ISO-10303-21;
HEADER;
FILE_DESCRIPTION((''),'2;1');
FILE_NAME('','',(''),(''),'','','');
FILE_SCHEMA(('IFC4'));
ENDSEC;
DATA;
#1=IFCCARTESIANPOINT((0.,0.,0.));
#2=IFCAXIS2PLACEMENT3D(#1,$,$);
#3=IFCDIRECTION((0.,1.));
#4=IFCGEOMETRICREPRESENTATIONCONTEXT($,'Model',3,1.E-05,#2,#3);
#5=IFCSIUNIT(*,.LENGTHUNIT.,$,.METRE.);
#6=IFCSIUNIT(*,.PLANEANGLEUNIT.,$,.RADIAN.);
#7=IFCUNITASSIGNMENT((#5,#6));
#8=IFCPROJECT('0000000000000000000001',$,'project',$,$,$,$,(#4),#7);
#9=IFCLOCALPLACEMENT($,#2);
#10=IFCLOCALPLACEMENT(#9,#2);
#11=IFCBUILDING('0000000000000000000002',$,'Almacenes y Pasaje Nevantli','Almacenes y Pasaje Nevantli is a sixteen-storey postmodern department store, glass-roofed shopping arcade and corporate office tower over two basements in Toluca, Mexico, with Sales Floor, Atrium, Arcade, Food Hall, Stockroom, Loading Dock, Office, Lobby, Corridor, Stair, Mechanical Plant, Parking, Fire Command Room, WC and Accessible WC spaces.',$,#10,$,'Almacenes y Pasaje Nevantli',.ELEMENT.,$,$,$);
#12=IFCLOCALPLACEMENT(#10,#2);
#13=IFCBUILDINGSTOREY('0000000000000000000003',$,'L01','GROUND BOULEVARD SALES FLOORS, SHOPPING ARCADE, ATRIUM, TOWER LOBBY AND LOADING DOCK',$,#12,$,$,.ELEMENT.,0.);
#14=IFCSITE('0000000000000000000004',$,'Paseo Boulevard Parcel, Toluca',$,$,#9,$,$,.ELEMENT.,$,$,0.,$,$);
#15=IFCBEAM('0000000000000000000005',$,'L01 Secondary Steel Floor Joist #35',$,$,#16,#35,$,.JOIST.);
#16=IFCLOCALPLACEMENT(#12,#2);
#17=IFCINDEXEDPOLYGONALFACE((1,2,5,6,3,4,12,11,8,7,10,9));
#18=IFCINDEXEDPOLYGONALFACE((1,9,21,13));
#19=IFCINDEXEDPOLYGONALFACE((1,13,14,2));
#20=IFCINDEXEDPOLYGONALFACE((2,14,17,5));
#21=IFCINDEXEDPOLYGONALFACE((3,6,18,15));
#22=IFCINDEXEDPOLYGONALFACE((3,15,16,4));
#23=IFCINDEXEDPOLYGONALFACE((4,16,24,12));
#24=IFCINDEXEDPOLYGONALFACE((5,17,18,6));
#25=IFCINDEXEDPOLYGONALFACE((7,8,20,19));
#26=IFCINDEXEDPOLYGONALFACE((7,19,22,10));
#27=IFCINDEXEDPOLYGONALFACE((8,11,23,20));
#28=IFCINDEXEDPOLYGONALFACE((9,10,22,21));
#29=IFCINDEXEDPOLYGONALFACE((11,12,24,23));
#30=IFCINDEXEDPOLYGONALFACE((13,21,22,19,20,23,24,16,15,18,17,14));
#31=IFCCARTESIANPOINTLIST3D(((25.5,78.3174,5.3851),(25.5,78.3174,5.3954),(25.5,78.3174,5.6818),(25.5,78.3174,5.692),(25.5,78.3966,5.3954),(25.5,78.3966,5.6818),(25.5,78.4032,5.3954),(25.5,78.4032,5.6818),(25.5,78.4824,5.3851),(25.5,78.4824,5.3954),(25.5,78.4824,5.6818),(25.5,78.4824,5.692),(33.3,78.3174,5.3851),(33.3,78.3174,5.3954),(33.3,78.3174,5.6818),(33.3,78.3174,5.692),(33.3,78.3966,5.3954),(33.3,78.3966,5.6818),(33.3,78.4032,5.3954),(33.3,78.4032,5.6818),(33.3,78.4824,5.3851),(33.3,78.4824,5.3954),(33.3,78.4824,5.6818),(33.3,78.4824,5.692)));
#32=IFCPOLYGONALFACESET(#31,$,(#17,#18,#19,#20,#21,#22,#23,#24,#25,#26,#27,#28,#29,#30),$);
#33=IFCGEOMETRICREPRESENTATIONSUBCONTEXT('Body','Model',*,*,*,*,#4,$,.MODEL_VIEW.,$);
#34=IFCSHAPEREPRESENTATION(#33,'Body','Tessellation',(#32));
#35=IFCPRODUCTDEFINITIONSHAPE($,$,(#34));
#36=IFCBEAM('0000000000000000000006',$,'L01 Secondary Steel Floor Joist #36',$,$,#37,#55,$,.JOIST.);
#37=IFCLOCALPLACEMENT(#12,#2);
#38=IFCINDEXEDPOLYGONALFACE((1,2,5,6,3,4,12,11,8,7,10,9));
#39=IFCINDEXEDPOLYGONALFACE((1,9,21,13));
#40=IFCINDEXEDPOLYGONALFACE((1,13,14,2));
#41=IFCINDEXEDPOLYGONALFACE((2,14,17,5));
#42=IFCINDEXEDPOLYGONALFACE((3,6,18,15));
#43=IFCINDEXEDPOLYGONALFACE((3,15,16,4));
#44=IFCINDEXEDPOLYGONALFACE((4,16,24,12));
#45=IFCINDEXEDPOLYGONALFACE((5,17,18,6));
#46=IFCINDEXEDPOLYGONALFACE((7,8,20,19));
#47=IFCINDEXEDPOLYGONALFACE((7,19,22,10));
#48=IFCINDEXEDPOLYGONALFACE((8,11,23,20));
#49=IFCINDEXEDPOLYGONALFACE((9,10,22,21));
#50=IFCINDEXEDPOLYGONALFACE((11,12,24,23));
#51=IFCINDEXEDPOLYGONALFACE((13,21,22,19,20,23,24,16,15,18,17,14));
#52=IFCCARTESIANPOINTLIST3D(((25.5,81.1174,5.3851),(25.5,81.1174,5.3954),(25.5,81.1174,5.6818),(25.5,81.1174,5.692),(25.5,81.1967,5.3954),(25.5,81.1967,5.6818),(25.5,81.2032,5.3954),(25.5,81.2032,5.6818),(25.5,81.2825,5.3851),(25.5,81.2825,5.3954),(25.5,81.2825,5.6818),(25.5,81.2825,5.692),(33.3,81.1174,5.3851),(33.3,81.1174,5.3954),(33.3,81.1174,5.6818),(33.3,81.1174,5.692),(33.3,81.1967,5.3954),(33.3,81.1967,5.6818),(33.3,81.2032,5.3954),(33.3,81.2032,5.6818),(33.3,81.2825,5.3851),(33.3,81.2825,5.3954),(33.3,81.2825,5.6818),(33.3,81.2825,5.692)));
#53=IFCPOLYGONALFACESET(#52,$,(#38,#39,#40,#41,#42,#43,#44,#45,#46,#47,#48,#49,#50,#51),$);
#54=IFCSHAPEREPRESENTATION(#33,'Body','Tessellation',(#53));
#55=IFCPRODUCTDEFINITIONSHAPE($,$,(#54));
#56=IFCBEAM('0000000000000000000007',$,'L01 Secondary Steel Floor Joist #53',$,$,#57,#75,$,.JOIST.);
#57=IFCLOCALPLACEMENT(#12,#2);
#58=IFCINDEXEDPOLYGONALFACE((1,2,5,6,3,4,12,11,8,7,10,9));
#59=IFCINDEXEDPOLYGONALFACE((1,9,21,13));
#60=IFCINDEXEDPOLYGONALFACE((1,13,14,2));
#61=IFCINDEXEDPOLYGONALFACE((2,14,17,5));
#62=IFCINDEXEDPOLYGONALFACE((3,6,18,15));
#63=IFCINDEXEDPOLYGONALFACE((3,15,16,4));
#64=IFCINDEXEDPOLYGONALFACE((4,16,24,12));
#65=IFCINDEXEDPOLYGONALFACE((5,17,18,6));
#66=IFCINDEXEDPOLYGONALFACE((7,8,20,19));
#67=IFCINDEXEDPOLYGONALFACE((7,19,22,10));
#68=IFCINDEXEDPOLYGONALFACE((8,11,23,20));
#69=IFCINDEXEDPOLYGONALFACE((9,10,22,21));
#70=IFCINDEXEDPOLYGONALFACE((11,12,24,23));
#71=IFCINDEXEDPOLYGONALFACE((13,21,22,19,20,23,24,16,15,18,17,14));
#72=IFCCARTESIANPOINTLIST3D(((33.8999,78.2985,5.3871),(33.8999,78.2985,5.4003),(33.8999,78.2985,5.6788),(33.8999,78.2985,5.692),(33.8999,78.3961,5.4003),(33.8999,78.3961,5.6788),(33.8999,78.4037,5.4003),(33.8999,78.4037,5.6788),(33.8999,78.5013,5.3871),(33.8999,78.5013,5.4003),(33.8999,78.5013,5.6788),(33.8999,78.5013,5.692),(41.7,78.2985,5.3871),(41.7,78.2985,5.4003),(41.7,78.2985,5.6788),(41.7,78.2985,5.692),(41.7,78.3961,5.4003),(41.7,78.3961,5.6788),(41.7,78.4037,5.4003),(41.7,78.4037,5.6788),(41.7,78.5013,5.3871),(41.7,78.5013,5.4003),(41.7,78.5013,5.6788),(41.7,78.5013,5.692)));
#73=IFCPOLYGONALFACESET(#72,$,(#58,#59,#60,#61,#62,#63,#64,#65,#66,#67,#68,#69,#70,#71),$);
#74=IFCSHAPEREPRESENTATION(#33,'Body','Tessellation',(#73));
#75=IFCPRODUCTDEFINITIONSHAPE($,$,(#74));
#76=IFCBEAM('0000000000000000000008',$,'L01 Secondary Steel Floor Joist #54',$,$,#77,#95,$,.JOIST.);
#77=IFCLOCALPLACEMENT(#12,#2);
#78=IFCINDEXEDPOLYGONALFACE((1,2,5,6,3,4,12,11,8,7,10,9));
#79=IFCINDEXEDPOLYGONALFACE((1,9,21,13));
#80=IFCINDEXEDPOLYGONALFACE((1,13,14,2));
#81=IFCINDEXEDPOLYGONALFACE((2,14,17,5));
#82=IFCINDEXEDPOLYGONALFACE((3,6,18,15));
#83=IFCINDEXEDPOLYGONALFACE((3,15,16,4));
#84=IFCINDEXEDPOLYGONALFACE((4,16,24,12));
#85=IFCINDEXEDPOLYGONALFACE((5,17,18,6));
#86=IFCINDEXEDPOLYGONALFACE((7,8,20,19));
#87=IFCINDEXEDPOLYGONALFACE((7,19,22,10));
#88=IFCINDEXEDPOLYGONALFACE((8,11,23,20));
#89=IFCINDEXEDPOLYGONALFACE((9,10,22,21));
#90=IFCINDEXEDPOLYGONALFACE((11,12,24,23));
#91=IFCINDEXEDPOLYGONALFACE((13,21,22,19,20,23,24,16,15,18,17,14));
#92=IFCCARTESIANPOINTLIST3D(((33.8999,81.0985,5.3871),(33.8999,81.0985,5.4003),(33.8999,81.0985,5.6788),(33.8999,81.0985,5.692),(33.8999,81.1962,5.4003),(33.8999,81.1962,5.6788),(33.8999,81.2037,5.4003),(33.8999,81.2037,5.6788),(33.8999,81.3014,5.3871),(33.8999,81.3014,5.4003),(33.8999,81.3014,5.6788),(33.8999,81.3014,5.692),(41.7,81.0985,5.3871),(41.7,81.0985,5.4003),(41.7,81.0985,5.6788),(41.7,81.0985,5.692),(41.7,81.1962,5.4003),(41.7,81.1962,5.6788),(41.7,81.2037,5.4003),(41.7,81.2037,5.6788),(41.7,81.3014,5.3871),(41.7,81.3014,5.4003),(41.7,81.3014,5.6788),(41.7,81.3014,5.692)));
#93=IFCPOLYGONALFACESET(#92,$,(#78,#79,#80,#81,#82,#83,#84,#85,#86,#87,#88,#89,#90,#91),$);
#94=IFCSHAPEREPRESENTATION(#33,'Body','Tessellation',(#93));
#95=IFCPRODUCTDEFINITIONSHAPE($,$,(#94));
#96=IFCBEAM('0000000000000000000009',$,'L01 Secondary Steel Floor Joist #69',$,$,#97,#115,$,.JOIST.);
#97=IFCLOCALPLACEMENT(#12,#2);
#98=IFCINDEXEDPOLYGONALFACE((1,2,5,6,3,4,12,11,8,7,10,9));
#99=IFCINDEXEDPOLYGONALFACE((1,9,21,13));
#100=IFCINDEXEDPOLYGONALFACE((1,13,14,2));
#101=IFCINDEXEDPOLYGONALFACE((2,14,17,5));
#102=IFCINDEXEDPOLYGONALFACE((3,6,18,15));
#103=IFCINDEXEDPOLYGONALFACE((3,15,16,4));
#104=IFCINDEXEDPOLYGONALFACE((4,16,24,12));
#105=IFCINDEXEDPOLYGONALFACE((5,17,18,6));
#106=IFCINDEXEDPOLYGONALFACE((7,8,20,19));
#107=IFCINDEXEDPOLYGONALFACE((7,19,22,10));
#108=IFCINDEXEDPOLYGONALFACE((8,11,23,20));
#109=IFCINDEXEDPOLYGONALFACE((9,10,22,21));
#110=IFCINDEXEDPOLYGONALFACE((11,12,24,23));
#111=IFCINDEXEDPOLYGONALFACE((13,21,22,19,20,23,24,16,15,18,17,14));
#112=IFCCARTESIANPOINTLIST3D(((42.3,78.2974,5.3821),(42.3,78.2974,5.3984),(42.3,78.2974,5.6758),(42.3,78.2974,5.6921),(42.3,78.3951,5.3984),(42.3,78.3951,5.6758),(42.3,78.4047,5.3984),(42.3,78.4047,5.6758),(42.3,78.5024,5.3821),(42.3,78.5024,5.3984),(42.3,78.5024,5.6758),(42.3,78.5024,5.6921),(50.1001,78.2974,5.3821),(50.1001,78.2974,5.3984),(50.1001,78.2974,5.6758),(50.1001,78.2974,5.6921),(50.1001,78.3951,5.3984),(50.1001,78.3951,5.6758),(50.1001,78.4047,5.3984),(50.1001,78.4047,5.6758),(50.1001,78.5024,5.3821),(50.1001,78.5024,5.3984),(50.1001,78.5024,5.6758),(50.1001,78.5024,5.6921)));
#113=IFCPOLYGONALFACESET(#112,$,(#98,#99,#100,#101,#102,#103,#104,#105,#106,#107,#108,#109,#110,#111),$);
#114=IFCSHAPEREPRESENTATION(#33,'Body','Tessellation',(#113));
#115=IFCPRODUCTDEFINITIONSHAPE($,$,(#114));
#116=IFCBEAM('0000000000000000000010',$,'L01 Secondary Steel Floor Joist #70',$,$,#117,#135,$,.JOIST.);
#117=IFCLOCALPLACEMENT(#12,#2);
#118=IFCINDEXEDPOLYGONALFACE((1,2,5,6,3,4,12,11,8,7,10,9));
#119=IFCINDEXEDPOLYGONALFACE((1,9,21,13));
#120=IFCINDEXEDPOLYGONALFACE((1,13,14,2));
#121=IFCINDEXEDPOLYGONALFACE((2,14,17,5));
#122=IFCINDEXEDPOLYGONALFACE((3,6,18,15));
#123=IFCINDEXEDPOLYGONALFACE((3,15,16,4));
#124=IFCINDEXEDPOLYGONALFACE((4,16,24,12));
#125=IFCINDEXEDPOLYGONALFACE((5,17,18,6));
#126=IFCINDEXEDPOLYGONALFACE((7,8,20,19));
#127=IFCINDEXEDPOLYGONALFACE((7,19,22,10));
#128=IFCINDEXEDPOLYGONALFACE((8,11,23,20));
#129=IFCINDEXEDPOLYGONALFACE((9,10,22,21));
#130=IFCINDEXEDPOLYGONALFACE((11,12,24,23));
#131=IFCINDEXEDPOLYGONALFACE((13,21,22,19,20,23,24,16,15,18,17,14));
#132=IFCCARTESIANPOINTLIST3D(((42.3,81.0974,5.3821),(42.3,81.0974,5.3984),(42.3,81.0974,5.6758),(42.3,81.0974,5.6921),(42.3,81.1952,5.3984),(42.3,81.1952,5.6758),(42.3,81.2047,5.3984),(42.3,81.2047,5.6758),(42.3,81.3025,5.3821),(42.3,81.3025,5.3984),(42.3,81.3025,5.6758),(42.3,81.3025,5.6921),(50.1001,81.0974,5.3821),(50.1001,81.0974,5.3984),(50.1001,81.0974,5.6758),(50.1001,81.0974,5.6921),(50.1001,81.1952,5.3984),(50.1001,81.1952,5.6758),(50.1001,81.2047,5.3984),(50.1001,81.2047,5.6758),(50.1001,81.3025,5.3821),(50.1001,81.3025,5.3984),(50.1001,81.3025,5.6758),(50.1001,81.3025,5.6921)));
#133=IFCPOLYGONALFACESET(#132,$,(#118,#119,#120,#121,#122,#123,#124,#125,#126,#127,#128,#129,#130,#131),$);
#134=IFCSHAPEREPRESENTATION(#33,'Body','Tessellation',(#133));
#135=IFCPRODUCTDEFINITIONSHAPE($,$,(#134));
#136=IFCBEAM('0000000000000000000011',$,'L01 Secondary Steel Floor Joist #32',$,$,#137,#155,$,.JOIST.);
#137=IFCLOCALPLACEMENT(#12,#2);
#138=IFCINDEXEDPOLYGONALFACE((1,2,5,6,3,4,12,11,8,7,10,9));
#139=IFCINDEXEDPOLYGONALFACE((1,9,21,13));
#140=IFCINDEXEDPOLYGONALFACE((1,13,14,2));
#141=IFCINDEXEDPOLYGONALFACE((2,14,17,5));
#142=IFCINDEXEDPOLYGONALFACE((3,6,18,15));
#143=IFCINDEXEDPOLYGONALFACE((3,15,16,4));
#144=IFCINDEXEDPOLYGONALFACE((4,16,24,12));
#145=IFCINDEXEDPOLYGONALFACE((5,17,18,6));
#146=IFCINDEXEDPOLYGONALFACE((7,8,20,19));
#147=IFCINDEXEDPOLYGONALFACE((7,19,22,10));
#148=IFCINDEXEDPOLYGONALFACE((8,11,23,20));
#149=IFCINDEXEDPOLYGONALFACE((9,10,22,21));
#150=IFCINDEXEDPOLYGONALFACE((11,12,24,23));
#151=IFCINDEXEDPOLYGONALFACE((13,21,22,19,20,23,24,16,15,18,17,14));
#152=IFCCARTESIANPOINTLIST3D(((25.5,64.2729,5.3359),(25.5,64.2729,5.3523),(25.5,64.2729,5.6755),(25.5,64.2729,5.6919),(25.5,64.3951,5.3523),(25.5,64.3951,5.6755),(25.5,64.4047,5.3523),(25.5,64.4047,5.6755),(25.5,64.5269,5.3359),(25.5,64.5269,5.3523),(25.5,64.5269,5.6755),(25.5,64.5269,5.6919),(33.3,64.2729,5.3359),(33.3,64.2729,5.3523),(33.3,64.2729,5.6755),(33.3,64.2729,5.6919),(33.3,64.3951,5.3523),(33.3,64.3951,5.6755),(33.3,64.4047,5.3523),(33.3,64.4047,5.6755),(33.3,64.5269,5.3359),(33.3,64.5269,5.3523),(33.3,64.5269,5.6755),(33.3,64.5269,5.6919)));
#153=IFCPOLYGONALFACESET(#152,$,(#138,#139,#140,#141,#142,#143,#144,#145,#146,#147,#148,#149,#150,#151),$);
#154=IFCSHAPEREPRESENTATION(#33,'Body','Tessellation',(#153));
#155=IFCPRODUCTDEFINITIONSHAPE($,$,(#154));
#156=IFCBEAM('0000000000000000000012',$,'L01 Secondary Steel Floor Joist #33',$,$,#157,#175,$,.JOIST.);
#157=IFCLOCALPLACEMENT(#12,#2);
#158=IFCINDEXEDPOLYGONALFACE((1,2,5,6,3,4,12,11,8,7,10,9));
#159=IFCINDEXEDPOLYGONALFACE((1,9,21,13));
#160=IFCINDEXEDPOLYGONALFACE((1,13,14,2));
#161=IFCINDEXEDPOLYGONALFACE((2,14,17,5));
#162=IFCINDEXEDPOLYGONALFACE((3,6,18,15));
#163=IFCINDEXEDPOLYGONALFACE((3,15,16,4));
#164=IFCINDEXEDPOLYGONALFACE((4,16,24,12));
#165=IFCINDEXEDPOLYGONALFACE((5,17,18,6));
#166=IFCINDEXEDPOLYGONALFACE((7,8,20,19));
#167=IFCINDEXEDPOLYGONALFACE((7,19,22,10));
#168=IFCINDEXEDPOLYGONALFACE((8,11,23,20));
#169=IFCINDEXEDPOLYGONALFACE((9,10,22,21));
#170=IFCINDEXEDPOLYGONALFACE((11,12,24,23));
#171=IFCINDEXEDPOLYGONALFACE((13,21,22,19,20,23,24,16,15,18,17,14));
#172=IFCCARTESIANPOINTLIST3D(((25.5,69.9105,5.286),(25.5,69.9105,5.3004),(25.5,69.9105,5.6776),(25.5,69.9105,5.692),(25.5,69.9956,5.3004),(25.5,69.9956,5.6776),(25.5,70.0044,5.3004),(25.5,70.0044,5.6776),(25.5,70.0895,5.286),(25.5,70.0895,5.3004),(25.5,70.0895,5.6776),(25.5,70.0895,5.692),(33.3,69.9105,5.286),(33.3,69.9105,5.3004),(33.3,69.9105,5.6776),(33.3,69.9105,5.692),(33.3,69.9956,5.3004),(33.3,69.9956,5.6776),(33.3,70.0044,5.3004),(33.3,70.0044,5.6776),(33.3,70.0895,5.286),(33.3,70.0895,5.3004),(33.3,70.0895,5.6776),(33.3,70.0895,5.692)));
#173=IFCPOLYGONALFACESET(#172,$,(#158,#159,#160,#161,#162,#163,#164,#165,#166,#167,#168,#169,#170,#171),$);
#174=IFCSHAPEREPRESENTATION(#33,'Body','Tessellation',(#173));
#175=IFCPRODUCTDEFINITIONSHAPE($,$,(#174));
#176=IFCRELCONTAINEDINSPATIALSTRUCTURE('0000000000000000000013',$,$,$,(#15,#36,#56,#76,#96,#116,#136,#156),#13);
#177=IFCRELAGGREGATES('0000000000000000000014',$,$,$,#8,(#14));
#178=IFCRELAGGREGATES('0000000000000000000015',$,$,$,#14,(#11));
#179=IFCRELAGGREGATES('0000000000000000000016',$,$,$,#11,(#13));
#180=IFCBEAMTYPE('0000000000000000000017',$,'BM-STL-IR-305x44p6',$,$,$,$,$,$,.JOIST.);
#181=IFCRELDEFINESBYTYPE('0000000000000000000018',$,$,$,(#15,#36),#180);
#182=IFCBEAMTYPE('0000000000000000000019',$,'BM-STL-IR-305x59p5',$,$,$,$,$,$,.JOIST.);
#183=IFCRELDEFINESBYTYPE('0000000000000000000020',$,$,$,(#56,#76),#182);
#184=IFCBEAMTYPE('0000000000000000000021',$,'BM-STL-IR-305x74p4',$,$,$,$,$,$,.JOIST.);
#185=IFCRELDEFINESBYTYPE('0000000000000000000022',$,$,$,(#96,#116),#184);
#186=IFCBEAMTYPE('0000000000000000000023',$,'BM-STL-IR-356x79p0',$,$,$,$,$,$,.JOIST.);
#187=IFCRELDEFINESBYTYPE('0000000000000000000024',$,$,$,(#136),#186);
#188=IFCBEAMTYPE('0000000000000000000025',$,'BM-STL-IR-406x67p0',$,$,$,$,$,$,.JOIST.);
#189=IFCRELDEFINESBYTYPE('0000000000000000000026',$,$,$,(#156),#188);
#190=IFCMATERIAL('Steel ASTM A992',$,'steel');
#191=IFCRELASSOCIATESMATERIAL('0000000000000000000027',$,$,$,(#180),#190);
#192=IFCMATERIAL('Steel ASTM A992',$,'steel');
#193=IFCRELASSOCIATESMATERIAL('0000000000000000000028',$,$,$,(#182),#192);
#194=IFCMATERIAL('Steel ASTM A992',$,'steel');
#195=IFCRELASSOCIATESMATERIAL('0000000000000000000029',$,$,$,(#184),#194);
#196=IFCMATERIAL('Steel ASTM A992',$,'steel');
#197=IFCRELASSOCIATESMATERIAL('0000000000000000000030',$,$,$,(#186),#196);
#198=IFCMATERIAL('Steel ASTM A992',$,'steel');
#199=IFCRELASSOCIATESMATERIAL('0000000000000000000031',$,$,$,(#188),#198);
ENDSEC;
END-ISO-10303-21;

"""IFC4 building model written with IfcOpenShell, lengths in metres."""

from ifc_helpers import new_model, si_unit, direction, frame, origin, origin_2d, place, context, subcontext, project, spatial, i_section, extrude, material, material_profile, profile_set, type_object, element, save


model = new_model("IFC4")

# Units and contexts
model_context = context("Model", 3, precision=1e-05, world=origin(), true_north=direction((0.0, 1.0)))
body_context = subcontext(model_context, "Body", "Model", "MODEL_VIEW")
ifc_project = project(units=[si_unit("LENGTHUNIT", "METRE"), si_unit("PLANEANGLEUNIT", "RADIAN")], contexts=[model_context])

# Site, building, storey
site_placement = place(None, origin())
site = spatial("IfcSite", under=ifc_project, at=site_placement, Name="Paseo Boulevard Parcel, Toluca", CompositionType="ELEMENT", RefElevation=0.0)
building_placement = place(site_placement, origin())
building = spatial("IfcBuilding", under=site, at=building_placement, Name="Almacenes y Pasaje Nevantli", Description="Almacenes y Pasaje Nevantli is a sixteen-storey postmodern department store, glass-roofed shopping arcade and corporate office tower over two basements in Toluca, Mexico, with Sales Floor, Atrium, Arcade, Food Hall, Stockroom, Loading Dock, Office, Lobby, Corridor, Stair, Mechanical Plant, Parking, Fire Command Room, WC and Accessible WC spaces.", LongName="Almacenes y Pasaje Nevantli", CompositionType="ELEMENT")
storey_placement = place(building_placement, origin())
storey = spatial("IfcBuildingStorey", under=building, at=storey_placement, Name="L01", Description="GROUND BOULEVARD SALES FLOORS, SHOPPING ARCADE, ATRIUM, TOWER LOBBY AND LOADING DOCK", CompositionType="ELEMENT", Elevation=0.0)

# Beams
ifc_material_1 = material(Name="Steel ASTM A992", Category="steel")
ifc_material_profile_1 = material_profile(ifc_material_1, i_section(OverallWidth=0.165, OverallDepth=0.3069, WebThickness=0.0066, FlangeThickness=0.0103, at=origin_2d()), Name="IR 305x44.6")
ifc_profile_set_1 = profile_set([ifc_material_profile_1], Name="Steel ASTM A992")
beam_type_1 = type_object("IfcBeamType", Name="BM-STL-IR-305x44p6", PredefinedType="JOIST", material=ifc_profile_set_1)
for number, where, z_axis, x_axis, name in (
    (1, (25.5, 78.3999, 5.5386), (1.0, 0.0, 0.0), (0.0, 1.0, 0.0), "L01 Secondary Steel Floor Joist #35"),
    (2, (25.5, 81.2, 5.5386), (1.0, 0.0, 0.0), (0.0, 1.0, 0.0), "L01 Secondary Steel Floor Joist #36"),
):
    element("IfcBeam", number, at=place(storey_placement, frame(where, z_axis=z_axis, x_axis=x_axis)), inside=storey, type_object=beam_type_1, Name=name, PredefinedType="JOIST", context=body_context, shape_type="SweptSolid", body=[
        extrude(i_section(OverallWidth=0.165, OverallDepth=0.3069, WebThickness=0.0066, FlangeThickness=0.0103, at=origin_2d()), origin(), (0.0, 0.0, 1.0), 7.8),
    ])
ifc_material_2 = material(Name="Steel ASTM A992", Category="steel")
ifc_material_profile_2 = material_profile(ifc_material_2, i_section(OverallWidth=0.2029, OverallDepth=0.3049, WebThickness=0.0076, FlangeThickness=0.0132, at=origin_2d()), Name="IR 305x59.5")
ifc_profile_set_2 = profile_set([ifc_material_profile_2], Name="Steel ASTM A992")
beam_type_2 = type_object("IfcBeamType", Name="BM-STL-IR-305x59p5", PredefinedType="JOIST", material=ifc_profile_set_2)
for number, where, z_axis, x_axis, name in (
    (3, (33.8999, 78.3999, 5.5396), (1.0, 0.0, 0.0), (0.0, 1.0, 0.0), "L01 Secondary Steel Floor Joist #53"),
    (4, (33.8999, 81.2, 5.5396), (1.0, 0.0, 0.0), (0.0, 1.0, 0.0), "L01 Secondary Steel Floor Joist #54"),
):
    element("IfcBeam", number, at=place(storey_placement, frame(where, z_axis=z_axis, x_axis=x_axis)), inside=storey, type_object=beam_type_2, Name=name, PredefinedType="JOIST", context=body_context, shape_type="SweptSolid", body=[
        extrude(i_section(OverallWidth=0.2029, OverallDepth=0.3049, WebThickness=0.0076, FlangeThickness=0.0132, at=origin_2d()), origin(), (0.0, 0.0, 1.0), 7.8),
    ])
ifc_material_3 = material(Name="Steel ASTM A992", Category="steel")
ifc_material_profile_3 = material_profile(ifc_material_3, i_section(OverallWidth=0.2051, OverallDepth=0.3101, WebThickness=0.0095, FlangeThickness=0.0164, at=origin_2d()), Name="IR 305x74.4")
ifc_profile_set_3 = profile_set([ifc_material_profile_3], Name="Steel ASTM A992")
beam_type_3 = type_object("IfcBeamType", Name="BM-STL-IR-305x74p4", PredefinedType="JOIST", material=ifc_profile_set_3)
for number, where, z_axis, x_axis, name in (
    (5, (42.3, 78.3999, 5.5371), (1.0, 0.0, 0.0), (0.0, 1.0, 0.0), "L01 Secondary Steel Floor Joist #69"),
    (6, (42.3, 81.2, 5.5371), (1.0, 0.0, 0.0), (0.0, 1.0, 0.0), "L01 Secondary Steel Floor Joist #70"),
):
    element("IfcBeam", number, at=place(storey_placement, frame(where, z_axis=z_axis, x_axis=x_axis)), inside=storey, type_object=beam_type_3, Name=name, PredefinedType="JOIST", context=body_context, shape_type="SweptSolid", body=[
        extrude(i_section(OverallWidth=0.2051, OverallDepth=0.3101, WebThickness=0.0095, FlangeThickness=0.0164, at=origin_2d()), origin(), (0.0, 0.0, 1.0), 7.8),
    ])
ifc_material_4 = material(Name="Steel ASTM A992", Category="steel")
ifc_material_profile_4 = material_profile(ifc_material_4, i_section(OverallWidth=0.2539, OverallDepth=0.356, WebThickness=0.0095, FlangeThickness=0.0164, at=origin_2d()), Name="IR 356x79.0")
ifc_profile_set_4 = profile_set([ifc_material_profile_4], Name="Steel ASTM A992")
beam_type_4 = type_object("IfcBeamType", Name="BM-STL-IR-356x79p0", PredefinedType="JOIST", material=ifc_profile_set_4)
beam_1_placement = place(storey_placement, frame((25.5, 64.3999, 5.5139), z_axis=(1.0, 0.0, 0.0), x_axis=(0.0, 1.0, 0.0)))
element("IfcBeam", 7, at=beam_1_placement, inside=storey, type_object=beam_type_4, Name="L01 Secondary Steel Floor Joist #32", PredefinedType="JOIST", context=body_context, shape_type="SweptSolid", body=[
    extrude(i_section(OverallWidth=0.2539, OverallDepth=0.356, WebThickness=0.0095, FlangeThickness=0.0164, at=origin_2d()), origin(), (0.0, 0.0, 1.0), 7.8),
])
ifc_material_5 = material(Name="Steel ASTM A992", Category="steel")
ifc_material_profile_5 = material_profile(ifc_material_5, i_section(OverallWidth=0.179, OverallDepth=0.406, WebThickness=0.0088, FlangeThickness=0.0144, at=origin_2d()), Name="IR 406x67.0")
ifc_profile_set_5 = profile_set([ifc_material_profile_5], Name="Steel ASTM A992")
beam_type_5 = type_object("IfcBeamType", Name="BM-STL-IR-406x67p0", PredefinedType="JOIST", material=ifc_profile_set_5)
for number, where, z_axis, x_axis, name in (
    (8, (25.5, 70.0, 5.489), (1.0, 0.0, 0.0), (0.0, 1.0, 0.0), "L01 Secondary Steel Floor Joist #33"),
):
    element("IfcBeam", number, at=place(storey_placement, frame(where, z_axis=z_axis, x_axis=x_axis)), inside=storey, type_object=beam_type_5, Name=name, PredefinedType="JOIST", context=body_context, shape_type="SweptSolid", body=[
        extrude(i_section(OverallWidth=0.179, OverallDepth=0.406, WebThickness=0.0088, FlangeThickness=0.0144, at=origin_2d()), origin(), (0.0, 0.0, 1.0), 7.8),
    ])

save(model, "model.ifc")
